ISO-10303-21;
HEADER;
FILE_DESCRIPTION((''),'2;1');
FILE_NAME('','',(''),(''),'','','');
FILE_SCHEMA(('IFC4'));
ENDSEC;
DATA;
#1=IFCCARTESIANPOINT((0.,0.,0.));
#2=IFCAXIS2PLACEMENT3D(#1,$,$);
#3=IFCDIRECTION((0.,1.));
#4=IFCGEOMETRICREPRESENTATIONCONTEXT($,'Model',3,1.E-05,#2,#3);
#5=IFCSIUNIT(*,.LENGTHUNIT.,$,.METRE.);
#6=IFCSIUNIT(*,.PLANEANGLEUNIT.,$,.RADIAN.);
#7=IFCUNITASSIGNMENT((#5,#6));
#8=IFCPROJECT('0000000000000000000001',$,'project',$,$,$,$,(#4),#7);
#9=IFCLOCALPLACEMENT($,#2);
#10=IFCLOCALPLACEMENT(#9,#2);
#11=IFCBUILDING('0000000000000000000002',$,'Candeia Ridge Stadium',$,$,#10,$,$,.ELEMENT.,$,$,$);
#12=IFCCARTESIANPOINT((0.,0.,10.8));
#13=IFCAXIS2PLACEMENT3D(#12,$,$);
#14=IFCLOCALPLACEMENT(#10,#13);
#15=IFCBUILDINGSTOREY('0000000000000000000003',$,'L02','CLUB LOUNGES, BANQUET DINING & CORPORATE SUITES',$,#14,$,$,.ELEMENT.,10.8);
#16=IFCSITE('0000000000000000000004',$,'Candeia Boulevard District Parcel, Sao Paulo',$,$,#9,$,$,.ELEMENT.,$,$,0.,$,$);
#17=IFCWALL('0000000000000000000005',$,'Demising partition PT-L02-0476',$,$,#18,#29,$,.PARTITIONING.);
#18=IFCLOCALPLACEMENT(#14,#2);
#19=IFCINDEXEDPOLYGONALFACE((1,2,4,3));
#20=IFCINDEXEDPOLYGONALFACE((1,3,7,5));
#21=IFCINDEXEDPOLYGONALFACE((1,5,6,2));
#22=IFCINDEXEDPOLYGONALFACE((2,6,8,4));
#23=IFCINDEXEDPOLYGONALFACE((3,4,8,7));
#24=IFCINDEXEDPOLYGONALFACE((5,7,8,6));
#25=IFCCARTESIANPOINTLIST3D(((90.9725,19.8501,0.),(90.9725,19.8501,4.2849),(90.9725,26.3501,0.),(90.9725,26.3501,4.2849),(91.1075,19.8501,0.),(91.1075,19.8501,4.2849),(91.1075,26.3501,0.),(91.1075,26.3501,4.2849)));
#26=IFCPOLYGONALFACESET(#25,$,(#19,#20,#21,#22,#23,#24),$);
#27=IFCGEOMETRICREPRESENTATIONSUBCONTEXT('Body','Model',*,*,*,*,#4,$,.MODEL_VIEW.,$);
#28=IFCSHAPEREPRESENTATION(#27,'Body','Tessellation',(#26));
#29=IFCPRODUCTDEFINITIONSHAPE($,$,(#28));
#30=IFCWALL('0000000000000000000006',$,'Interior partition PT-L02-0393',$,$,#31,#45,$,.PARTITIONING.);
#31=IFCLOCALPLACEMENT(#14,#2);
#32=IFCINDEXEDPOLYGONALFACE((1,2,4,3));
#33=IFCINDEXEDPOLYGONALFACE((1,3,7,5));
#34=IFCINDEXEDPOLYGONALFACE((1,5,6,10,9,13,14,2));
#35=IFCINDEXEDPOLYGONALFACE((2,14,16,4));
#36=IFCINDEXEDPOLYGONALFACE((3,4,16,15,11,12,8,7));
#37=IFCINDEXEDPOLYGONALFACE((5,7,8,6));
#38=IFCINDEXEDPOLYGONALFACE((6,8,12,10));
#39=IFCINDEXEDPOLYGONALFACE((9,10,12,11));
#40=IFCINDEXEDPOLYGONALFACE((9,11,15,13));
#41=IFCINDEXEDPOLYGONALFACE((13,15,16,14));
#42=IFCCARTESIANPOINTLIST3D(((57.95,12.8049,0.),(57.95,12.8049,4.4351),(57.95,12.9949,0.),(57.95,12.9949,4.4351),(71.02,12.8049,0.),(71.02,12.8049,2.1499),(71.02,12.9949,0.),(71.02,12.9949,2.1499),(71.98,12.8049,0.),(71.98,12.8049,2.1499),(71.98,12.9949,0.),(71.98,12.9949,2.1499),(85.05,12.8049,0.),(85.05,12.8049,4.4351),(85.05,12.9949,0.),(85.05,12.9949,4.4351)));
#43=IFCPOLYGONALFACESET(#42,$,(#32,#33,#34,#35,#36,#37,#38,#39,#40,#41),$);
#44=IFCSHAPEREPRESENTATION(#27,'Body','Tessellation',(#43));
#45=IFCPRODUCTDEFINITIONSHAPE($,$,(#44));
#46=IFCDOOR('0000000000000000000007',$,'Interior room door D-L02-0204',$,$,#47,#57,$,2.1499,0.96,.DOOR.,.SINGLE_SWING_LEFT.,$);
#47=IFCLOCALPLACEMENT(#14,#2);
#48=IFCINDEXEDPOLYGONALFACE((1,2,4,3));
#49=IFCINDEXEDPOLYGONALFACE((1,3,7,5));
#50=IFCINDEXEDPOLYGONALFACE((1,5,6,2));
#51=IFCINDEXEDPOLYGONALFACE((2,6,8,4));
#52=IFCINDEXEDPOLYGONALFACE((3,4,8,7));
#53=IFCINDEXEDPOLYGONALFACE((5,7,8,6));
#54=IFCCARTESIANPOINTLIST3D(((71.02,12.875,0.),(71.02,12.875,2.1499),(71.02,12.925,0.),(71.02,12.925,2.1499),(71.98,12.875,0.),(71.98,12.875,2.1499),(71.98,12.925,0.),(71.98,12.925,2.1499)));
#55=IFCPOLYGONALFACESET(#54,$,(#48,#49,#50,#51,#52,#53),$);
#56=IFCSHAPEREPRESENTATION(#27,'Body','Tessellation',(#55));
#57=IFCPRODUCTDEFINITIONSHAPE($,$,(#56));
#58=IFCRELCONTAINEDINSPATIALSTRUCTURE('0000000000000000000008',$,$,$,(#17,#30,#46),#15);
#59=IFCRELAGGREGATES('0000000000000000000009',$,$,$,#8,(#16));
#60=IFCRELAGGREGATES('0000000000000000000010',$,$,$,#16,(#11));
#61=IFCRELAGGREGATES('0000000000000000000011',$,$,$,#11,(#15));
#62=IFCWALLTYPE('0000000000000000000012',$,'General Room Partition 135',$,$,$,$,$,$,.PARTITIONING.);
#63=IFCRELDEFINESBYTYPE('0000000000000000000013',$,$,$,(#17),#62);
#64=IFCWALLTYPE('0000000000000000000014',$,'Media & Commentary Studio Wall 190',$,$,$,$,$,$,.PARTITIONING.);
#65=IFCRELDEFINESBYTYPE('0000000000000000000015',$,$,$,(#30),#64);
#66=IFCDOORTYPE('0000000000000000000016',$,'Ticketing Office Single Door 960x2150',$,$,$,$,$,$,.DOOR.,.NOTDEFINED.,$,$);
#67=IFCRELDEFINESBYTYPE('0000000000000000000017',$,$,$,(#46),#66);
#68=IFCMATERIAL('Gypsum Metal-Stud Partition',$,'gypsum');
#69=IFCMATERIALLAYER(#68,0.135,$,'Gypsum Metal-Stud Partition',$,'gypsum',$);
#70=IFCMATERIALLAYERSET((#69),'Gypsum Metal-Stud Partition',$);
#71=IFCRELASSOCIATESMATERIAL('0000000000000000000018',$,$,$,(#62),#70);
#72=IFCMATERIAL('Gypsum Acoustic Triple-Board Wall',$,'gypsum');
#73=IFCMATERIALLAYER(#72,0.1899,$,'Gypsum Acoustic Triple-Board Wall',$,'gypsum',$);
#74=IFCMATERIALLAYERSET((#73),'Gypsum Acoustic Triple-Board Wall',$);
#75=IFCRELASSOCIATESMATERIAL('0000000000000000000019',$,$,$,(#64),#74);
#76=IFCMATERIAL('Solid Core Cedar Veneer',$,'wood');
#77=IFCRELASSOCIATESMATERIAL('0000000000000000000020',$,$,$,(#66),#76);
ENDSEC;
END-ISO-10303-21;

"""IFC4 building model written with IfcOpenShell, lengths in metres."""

from ifc_helpers import new_model, si_unit, direction, frame, frame_2d, origin, place, context, subcontext, project, spatial, rectangle, extrude, material, layer, layer_set, type_object, element, fill, save


model = new_model("IFC4")

# Units and contexts
model_context = context("Model", 3, precision=1e-05, world=origin(), true_north=direction((0.0, 1.0)))
body_context = subcontext(model_context, "Body", "Model", "MODEL_VIEW")
ifc_project = project(units=[si_unit("LENGTHUNIT", "METRE"), si_unit("PLANEANGLEUNIT", "RADIAN")], contexts=[model_context])

# Site, building, storey
site_placement = place(None, origin())
site = spatial("IfcSite", under=ifc_project, at=site_placement, Name="Candeia Boulevard District Parcel, Sao Paulo", CompositionType="ELEMENT", RefElevation=0.0)
building_placement = place(site_placement, origin())
building = spatial("IfcBuilding", under=site, at=building_placement, Name="Candeia Ridge Stadium", CompositionType="ELEMENT")
storey_placement = place(building_placement, frame((0.0, 0.0, 10.8)))
storey = spatial("IfcBuildingStorey", under=building, at=storey_placement, Name="L02", Description="CLUB LOUNGES, BANQUET DINING & CORPORATE SUITES", CompositionType="ELEMENT", Elevation=10.8)

# Wall
ifc_material_1 = material(Name="Gypsum Metal-Stud Partition", Category="gypsum")
ifc_layer_1 = layer(ifc_material_1, 0.135, Name="Gypsum Metal-Stud Partition", Category="gypsum")
ifc_layer_set_1 = layer_set([ifc_layer_1], Name="Gypsum Metal-Stud Partition")
wall_type_1 = type_object("IfcWallType", Name="General Room Partition 135", PredefinedType="PARTITIONING", material=ifc_layer_set_1)
wall_1_placement = place(storey_placement, frame((91.04, 19.8501, 0.0), z_axis=(0.0, 0.0, 1.0), x_axis=(0.0, 1.0, 0.0)))
element("IfcWall", 1, at=wall_1_placement, inside=storey, type_object=wall_type_1, Name="Demising partition PT-L02-0476", PredefinedType="PARTITIONING", context=body_context, shape_type="SweptSolid", body=[
    extrude(rectangle(XDim=6.5, YDim=0.135, at=frame_2d((3.25, 0.0))), origin(), (0.0, 0.0, 1.0), 4.2849),
])

# Wall, opening, door
ifc_material_2 = material(Name="Gypsum Acoustic Triple-Board Wall", Category="gypsum")
ifc_layer_2 = layer(ifc_material_2, 0.1899, Name="Gypsum Acoustic Triple-Board Wall", Category="gypsum")
ifc_layer_set_2 = layer_set([ifc_layer_2], Name="Gypsum Acoustic Triple-Board Wall")
wall_type_2 = type_object("IfcWallType", Name="Media & Commentary Studio Wall 190", PredefinedType="PARTITIONING", material=ifc_layer_set_2)
wall_2_placement = place(storey_placement, frame((85.05, 12.8999, 0.0), z_axis=(0.0, 0.0, 1.0), x_axis=(-1.0, 0.0, 0.0)))
wall_2 = element("IfcWall", 2, at=wall_2_placement, inside=storey, type_object=wall_type_2, Name="Interior partition PT-L02-0393", PredefinedType="PARTITIONING", context=body_context, shape_type="SweptSolid", body=[
    extrude(rectangle(XDim=27.1001, YDim=0.1899, at=frame_2d((13.55, 0.0))), origin(), (0.0, 0.0, 1.0), 4.4351),
])
opening_placement = place(wall_2_placement, frame((13.0701, 0.0, 0.0)))
opening = element("IfcOpeningElement", 3, at=opening_placement, cuts=wall_2, PredefinedType="OPENING", context=body_context, shape_type="SweptSolid", body=[
    extrude(rectangle(XDim=0.96, YDim=2.1499, at=frame_2d((0.48, 1.075))), frame((0.0, 0.105, 0.0), z_axis=(0.0, -1.0, 0.0), x_axis=(1.0, 0.0, 0.0)), (0.0, 0.0, 1.0), 0.21),
])
ifc_material_3 = material(Name="Solid Core Cedar Veneer", Category="wood")
door_type = type_object("IfcDoorType", Name="Ticketing Office Single Door 960x2150", OperationType="NOTDEFINED", PredefinedType="DOOR", material=ifc_material_3)
door_placement = place(opening_placement, origin())
door = element("IfcDoor", 4, at=door_placement, inside=storey, type_object=door_type, Name="Interior room door D-L02-0204", OperationType="SINGLE_SWING_LEFT", OverallHeight=2.1499, OverallWidth=0.96, PredefinedType="DOOR", context=body_context, shape_type="SweptSolid", body=[
    extrude(rectangle(XDim=0.96, YDim=2.1499, at=frame_2d((0.48, 1.075))), frame((0.0, 0.0249, 0.0), z_axis=(0.0, -1.0, 0.0), x_axis=(1.0, 0.0, 0.0)), (0.0, 0.0, 1.0), 0.05),
])
fill(opening, door)

save(model, "model.ifc")
